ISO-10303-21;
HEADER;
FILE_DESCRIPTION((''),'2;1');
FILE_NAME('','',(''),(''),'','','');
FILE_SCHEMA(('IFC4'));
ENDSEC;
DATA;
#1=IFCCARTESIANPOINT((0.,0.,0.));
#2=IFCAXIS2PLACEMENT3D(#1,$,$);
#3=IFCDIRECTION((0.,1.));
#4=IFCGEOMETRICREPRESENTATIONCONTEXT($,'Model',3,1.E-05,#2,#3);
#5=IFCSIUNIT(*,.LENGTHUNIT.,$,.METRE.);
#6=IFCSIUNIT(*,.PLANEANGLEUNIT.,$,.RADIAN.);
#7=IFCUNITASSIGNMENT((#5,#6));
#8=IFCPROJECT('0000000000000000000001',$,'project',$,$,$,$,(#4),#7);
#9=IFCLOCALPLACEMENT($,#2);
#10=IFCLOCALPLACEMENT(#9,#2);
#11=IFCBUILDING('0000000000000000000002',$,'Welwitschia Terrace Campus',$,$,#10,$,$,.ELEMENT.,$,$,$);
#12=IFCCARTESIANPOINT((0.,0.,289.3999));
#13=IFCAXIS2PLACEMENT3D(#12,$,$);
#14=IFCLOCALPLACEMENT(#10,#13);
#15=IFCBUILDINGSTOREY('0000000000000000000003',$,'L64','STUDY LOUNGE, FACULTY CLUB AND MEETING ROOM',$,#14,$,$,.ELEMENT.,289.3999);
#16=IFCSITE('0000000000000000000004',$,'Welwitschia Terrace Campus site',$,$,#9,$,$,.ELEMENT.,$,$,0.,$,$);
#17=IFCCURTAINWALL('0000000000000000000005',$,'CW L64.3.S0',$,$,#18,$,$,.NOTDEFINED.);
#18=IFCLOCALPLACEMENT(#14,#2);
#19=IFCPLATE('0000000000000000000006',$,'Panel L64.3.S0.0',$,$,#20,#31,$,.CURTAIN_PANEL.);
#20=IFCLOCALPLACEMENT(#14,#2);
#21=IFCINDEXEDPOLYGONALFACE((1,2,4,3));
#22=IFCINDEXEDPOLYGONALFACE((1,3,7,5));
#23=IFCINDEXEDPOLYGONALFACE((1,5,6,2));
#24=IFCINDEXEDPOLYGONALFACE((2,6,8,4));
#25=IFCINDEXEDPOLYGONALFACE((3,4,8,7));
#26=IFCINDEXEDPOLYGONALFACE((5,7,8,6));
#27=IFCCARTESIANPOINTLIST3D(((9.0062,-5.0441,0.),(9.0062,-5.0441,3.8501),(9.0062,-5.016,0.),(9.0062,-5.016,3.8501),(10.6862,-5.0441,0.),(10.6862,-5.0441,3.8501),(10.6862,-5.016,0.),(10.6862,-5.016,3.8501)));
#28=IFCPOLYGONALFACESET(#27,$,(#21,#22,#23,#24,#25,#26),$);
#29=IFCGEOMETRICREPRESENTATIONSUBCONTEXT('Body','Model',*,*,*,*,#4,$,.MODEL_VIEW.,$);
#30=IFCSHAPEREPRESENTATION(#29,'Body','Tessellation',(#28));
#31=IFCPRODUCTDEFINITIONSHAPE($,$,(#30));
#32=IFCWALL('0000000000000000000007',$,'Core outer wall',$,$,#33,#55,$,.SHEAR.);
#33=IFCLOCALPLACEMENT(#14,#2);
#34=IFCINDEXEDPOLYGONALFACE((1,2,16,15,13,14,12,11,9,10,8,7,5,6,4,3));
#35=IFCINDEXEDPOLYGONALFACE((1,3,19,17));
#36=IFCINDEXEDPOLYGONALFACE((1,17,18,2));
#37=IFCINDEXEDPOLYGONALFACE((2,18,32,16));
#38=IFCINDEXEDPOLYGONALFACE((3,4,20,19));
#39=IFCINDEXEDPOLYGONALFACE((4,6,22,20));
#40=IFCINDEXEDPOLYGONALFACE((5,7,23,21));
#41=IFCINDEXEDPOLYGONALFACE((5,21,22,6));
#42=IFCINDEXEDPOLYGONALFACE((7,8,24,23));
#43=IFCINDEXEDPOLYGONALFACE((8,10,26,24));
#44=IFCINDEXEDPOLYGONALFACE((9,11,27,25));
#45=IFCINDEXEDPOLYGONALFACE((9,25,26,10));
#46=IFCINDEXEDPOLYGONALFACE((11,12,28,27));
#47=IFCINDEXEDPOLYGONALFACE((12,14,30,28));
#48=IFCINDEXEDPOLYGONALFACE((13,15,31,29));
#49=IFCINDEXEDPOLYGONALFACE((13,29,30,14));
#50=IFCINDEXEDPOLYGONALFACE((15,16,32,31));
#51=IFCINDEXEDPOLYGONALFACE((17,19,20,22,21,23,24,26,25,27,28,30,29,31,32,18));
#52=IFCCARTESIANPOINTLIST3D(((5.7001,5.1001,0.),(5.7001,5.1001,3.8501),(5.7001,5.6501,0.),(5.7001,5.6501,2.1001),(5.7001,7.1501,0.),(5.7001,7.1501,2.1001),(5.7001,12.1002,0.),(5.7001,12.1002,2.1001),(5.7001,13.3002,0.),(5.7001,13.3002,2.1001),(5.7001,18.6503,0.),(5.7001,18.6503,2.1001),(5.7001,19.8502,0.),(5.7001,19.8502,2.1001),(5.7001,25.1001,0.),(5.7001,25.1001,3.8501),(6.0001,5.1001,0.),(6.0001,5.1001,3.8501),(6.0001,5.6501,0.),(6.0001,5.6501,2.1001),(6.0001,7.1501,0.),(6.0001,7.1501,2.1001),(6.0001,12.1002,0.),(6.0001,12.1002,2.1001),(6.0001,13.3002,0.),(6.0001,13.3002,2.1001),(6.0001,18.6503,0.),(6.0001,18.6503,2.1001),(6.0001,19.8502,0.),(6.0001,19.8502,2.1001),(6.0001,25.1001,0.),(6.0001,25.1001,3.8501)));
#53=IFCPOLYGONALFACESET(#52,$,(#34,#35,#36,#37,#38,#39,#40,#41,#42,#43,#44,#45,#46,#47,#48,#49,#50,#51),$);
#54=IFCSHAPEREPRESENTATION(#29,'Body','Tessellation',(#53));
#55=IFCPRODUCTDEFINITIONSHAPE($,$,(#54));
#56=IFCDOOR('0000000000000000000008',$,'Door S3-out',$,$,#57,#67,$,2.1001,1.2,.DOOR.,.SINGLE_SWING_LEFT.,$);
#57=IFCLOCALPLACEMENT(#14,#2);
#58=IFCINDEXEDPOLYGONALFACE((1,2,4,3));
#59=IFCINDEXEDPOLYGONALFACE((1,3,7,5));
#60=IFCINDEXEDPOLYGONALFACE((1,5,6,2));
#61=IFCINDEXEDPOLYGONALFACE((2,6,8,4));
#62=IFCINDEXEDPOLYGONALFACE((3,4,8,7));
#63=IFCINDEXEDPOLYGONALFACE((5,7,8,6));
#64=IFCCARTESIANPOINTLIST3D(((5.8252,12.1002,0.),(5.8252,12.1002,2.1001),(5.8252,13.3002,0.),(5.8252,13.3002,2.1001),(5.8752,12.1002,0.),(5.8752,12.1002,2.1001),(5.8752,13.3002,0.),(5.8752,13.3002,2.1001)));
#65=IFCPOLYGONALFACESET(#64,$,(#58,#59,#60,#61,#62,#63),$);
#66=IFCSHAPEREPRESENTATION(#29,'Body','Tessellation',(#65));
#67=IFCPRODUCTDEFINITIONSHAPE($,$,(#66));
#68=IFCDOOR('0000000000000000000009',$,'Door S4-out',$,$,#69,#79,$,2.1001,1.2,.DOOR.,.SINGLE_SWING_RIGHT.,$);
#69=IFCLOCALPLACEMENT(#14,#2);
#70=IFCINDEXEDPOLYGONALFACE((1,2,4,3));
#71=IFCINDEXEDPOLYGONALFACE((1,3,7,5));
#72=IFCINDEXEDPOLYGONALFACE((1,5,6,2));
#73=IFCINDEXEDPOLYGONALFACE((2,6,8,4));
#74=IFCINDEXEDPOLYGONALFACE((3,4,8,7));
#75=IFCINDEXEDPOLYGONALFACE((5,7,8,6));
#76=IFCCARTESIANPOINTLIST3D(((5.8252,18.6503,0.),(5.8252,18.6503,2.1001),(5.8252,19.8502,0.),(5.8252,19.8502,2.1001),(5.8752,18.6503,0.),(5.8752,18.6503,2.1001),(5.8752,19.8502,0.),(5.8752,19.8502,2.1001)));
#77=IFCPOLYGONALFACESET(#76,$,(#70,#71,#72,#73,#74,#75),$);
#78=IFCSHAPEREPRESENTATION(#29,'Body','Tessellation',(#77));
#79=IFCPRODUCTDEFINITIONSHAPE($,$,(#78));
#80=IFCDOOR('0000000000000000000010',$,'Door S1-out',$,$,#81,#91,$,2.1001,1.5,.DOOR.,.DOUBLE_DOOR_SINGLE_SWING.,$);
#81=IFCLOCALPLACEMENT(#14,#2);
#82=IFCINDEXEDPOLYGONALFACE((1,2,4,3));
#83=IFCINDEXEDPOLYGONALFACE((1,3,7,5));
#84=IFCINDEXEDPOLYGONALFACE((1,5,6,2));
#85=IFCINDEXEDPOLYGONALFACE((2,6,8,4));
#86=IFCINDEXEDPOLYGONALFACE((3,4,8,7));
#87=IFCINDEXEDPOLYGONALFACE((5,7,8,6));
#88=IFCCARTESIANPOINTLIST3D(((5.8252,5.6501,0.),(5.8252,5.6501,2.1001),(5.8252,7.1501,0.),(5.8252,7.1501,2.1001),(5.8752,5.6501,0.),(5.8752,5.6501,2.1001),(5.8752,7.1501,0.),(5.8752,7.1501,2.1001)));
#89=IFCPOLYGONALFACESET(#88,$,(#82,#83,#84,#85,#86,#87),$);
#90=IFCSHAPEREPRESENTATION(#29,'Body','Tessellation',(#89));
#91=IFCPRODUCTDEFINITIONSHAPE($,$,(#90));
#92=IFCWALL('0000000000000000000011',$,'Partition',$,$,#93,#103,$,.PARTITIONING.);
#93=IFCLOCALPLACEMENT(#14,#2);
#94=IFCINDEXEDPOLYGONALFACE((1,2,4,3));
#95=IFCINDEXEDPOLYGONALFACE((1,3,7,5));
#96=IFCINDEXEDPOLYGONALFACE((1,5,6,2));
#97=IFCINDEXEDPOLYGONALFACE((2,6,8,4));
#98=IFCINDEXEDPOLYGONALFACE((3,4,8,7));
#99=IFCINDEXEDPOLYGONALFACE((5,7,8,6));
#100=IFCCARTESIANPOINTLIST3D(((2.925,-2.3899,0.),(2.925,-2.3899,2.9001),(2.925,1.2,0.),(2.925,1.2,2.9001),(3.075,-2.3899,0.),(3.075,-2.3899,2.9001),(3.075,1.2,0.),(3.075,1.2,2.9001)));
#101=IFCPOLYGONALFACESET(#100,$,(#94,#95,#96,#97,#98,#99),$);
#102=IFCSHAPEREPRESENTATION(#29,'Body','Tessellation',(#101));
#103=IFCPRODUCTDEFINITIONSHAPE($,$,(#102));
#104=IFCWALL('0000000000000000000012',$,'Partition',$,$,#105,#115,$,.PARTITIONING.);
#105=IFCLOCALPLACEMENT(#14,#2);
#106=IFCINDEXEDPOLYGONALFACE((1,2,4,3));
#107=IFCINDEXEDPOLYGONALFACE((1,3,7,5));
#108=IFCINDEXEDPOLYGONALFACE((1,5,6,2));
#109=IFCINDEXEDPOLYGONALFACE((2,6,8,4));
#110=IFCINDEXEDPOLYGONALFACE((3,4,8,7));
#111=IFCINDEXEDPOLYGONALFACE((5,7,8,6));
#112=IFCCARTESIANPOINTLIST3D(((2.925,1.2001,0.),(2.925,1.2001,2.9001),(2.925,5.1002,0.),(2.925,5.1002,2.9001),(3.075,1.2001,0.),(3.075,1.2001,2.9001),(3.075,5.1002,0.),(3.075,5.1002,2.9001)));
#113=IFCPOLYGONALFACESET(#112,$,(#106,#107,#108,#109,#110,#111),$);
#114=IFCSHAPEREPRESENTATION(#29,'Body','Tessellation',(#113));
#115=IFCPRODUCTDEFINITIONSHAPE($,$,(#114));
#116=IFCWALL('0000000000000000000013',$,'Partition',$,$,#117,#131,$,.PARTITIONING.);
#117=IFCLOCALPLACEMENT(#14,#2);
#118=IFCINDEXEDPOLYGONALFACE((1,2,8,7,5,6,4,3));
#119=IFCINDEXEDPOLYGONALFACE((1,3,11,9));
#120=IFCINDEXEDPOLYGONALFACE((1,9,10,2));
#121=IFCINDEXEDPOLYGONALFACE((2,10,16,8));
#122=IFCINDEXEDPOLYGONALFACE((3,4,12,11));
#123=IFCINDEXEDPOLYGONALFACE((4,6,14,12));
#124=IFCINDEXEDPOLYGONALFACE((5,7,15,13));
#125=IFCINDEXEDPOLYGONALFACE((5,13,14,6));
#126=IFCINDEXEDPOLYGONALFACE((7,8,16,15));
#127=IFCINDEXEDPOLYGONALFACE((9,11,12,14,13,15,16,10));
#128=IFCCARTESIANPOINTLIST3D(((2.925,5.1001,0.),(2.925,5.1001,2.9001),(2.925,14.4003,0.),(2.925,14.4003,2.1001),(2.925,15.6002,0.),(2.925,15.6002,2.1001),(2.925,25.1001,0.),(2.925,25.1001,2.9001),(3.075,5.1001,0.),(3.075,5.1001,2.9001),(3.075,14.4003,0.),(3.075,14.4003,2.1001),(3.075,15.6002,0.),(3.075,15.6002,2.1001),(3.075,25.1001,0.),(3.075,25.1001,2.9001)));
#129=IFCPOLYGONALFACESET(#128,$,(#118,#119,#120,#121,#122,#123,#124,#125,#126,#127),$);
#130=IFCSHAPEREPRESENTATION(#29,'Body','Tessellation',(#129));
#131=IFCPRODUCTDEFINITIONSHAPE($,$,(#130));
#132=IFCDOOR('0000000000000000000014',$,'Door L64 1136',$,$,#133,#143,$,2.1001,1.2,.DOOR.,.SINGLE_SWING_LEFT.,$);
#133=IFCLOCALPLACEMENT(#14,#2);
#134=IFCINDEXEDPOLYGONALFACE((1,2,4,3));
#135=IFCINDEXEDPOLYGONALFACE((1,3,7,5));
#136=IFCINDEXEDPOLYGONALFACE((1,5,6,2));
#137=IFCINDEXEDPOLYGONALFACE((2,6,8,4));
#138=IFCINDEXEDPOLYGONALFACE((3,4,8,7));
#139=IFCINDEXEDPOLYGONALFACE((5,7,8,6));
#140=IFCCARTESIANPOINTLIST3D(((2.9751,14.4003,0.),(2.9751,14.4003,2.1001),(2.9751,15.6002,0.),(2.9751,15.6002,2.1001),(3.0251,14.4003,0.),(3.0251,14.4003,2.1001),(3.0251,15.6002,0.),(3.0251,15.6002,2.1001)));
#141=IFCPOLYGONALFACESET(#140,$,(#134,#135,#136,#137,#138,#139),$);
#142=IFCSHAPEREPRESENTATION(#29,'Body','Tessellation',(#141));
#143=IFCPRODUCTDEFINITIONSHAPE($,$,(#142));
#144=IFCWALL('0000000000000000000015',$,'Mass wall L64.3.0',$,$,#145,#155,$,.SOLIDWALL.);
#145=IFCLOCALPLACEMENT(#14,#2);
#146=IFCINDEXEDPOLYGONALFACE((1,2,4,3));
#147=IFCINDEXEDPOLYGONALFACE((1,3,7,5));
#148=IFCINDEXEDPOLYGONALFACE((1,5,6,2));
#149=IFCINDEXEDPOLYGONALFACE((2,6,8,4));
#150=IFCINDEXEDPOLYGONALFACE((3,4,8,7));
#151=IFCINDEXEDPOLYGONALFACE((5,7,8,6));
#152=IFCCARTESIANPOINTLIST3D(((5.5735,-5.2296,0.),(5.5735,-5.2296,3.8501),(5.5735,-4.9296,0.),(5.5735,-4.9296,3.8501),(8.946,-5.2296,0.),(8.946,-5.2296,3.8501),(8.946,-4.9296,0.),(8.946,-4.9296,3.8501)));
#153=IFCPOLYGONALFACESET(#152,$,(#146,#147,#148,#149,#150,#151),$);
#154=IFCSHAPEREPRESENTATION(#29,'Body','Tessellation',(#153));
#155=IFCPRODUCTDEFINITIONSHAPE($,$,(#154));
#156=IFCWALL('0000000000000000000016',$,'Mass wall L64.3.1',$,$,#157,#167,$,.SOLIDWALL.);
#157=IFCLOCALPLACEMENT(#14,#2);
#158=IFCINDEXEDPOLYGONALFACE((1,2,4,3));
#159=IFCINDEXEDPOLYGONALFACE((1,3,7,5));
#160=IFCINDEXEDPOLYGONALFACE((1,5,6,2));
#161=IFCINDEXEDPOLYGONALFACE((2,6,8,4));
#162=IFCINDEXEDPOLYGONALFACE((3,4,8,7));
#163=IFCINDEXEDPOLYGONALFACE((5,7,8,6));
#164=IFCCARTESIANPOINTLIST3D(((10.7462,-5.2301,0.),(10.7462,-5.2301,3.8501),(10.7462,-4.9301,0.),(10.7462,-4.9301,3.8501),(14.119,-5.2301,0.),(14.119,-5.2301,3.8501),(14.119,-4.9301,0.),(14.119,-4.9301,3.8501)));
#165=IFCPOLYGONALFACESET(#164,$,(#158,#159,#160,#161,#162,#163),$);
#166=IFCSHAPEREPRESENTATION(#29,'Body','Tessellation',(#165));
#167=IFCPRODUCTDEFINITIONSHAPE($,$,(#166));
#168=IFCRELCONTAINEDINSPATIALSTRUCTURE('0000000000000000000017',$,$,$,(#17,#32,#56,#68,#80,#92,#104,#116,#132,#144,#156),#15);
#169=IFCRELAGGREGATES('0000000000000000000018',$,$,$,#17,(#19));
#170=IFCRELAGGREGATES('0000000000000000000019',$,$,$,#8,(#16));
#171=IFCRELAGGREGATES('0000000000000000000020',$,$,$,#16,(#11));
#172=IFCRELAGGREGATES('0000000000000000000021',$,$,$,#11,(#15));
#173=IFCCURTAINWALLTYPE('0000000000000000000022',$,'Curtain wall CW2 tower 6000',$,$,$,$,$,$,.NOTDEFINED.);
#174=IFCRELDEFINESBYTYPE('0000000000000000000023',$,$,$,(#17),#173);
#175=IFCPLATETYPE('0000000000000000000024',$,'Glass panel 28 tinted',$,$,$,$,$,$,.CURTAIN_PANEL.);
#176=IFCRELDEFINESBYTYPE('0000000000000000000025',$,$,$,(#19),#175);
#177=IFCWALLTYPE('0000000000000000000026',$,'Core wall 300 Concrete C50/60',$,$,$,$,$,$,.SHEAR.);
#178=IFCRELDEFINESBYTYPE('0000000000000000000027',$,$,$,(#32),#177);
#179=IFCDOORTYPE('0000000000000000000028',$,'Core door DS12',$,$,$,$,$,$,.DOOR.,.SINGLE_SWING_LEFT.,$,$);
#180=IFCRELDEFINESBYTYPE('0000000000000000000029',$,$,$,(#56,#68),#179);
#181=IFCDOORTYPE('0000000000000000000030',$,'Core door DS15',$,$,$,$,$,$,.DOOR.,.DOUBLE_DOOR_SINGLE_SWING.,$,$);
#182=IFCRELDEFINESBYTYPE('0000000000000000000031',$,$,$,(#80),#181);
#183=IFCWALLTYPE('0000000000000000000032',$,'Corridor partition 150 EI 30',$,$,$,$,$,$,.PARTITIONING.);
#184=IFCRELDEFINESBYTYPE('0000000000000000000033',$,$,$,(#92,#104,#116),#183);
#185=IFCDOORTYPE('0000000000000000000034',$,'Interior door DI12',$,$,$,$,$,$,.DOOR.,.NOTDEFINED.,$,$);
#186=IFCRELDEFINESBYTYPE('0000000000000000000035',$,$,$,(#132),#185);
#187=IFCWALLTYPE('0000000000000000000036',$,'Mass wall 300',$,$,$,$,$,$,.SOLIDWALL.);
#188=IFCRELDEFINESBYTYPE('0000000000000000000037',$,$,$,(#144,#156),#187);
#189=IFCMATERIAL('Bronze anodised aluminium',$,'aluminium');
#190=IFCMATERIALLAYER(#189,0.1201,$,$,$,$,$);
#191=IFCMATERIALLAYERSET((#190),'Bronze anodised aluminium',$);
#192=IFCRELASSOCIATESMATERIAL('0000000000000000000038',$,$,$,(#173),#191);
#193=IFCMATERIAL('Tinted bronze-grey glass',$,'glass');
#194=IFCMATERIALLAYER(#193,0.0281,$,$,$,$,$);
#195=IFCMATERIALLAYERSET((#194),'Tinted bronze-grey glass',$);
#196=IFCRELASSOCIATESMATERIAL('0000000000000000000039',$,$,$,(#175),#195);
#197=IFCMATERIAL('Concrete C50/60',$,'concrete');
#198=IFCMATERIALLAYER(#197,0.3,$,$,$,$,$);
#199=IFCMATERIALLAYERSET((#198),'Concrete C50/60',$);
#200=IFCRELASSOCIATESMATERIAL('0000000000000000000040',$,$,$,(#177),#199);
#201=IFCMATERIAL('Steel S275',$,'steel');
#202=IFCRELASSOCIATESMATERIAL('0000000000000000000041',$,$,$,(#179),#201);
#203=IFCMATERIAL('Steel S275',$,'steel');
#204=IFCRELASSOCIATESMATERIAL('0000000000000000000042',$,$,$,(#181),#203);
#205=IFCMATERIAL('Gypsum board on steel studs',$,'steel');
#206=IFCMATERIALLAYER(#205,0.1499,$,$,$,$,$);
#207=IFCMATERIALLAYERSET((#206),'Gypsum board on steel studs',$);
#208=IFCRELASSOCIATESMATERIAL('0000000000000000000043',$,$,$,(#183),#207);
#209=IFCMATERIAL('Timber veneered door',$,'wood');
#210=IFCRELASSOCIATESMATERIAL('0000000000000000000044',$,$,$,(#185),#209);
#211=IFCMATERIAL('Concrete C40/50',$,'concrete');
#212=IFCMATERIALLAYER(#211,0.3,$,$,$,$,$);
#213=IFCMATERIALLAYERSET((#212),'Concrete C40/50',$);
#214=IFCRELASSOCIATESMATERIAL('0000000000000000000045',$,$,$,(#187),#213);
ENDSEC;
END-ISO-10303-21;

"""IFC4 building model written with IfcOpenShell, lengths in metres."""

from ifc_helpers import new_model, si_unit, direction, frame, frame_2d, origin, origin_2d, place, context, subcontext, project, spatial, rectangle, extrude, material, layer, layer_set, type_object, element, fill, aggregate, save


model = new_model("IFC4")

# Units and contexts
model_context = context("Model", 3, precision=1e-05, world=origin(), true_north=direction((0.0, 1.0)))
body_context = subcontext(model_context, "Body", "Model", "MODEL_VIEW")
ifc_project = project(units=[si_unit("LENGTHUNIT", "METRE"), si_unit("PLANEANGLEUNIT", "RADIAN")], contexts=[model_context])

# Site, building, storey
site_placement = place(None, origin())
site = spatial("IfcSite", under=ifc_project, at=site_placement, Name="Welwitschia Terrace Campus site", CompositionType="ELEMENT", RefElevation=0.0)
building_placement = place(site_placement, origin())
building = spatial("IfcBuilding", under=site, at=building_placement, Name="Welwitschia Terrace Campus", CompositionType="ELEMENT")
storey_placement = place(building_placement, frame((0.0, 0.0, 289.3999)))
storey = spatial("IfcBuildingStorey", under=building, at=storey_placement, Name="L64", Description="STUDY LOUNGE, FACULTY CLUB AND MEETING ROOM", CompositionType="ELEMENT", Elevation=289.3999)

# Curtain wall
ifc_material_1 = material(Name="Bronze anodised aluminium", Category="aluminium")
ifc_layer_1 = layer(ifc_material_1, 0.1201)
ifc_layer_set_1 = layer_set([ifc_layer_1], Name="Bronze anodised aluminium")
curtain_wall_type = type_object("IfcCurtainWallType", Name="Curtain wall CW2 tower 6000", PredefinedType="NOTDEFINED", material=ifc_layer_set_1)
curtain_wall_1_placement = place(storey_placement, origin())
curtain_wall_1 = element("IfcCurtainWall", 1, at=curtain_wall_1_placement, inside=storey, type_object=curtain_wall_type, Name="CW L64.3.S0", PredefinedType="NOTDEFINED")

# Plate
ifc_material_2 = material(Name="Tinted bronze-grey glass", Category="glass")
ifc_layer_2 = layer(ifc_material_2, 0.0281)
ifc_layer_set_2 = layer_set([ifc_layer_2], Name="Tinted bronze-grey glass")
plate_type = type_object("IfcPlateType", Name="Glass panel 28 tinted", PredefinedType="CURTAIN_PANEL", material=ifc_layer_set_2)
plate_1_placement = place(storey_placement, frame((9.8462, -5.03, 0.0), z_axis=(0.0, 0.0, 1.0), x_axis=(1.0, 0.0, 0.0)))
plate_1 = element("IfcPlate", 2, at=plate_1_placement, type_object=plate_type, Name="Panel L64.3.S0.0", PredefinedType="CURTAIN_PANEL", context=body_context, shape_type="SweptSolid", body=[
    extrude(rectangle(XDim=1.6799, YDim=0.0281, at=origin_2d()), origin(), (0.0, 0.0, 1.0), 3.8501),
])
aggregate(curtain_wall_1, [plate_1])

# Wall, openings, doors
ifc_material_3 = material(Name="Concrete C50/60", Category="concrete")
ifc_layer_3 = layer(ifc_material_3, 0.3)
ifc_layer_set_3 = layer_set([ifc_layer_3], Name="Concrete C50/60")
wall_type_1 = type_object("IfcWallType", Name="Core wall 300 Concrete C50/60", PredefinedType="SHEAR", material=ifc_layer_set_3)
wall_1_placement = place(storey_placement, frame((5.8501, 5.1001, 0.0), z_axis=(0.0, 0.0, 1.0), x_axis=(0.0, 1.0, 0.0)))
wall_1 = element("IfcWall", 3, at=wall_1_placement, inside=storey, type_object=wall_type_1, Name="Core outer wall", PredefinedType="SHEAR", context=body_context, shape_type="SweptSolid", body=[
    extrude(rectangle(XDim=20.0, YDim=0.3, at=frame_2d((10.0, 0.0))), origin(), (0.0, 0.0, 1.0), 3.8501),
])
opening_1_placement = place(wall_1_placement, frame((0.55, 0.0, 0.0)))
opening_1 = element("IfcOpeningElement", 4, at=opening_1_placement, cuts=wall_1, PredefinedType="OPENING", context=body_context, shape_type="SweptSolid", body=[
    extrude(rectangle(XDim=1.5, YDim=2.1001, at=frame_2d((0.75, 1.05))), frame((0.0, 0.1599, 0.0), z_axis=(0.0, -1.0, 0.0), x_axis=(1.0, 0.0, 0.0)), (0.0, 0.0, 1.0), 0.3201),
])
opening_2_placement = place(wall_1_placement, frame((7.0, 0.0, 0.0)))
opening_2 = element("IfcOpeningElement", 5, at=opening_2_placement, cuts=wall_1, PredefinedType="OPENING", context=body_context, shape_type="SweptSolid", body=[
    extrude(rectangle(XDim=1.2, YDim=2.1001, at=frame_2d((0.6001, 1.05))), frame((0.0, 0.1599, 0.0), z_axis=(0.0, -1.0, 0.0), x_axis=(1.0, 0.0, 0.0)), (0.0, 0.0, 1.0), 0.3201),
])
opening_3_placement = place(wall_1_placement, frame((13.55, 0.0, 0.0)))
opening_3 = element("IfcOpeningElement", 6, at=opening_3_placement, cuts=wall_1, PredefinedType="OPENING", context=body_context, shape_type="SweptSolid", body=[
    extrude(rectangle(XDim=1.2, YDim=2.1001, at=frame_2d((0.6001, 1.05))), frame((0.0, 0.1599, 0.0), z_axis=(0.0, -1.0, 0.0), x_axis=(1.0, 0.0, 0.0)), (0.0, 0.0, 1.0), 0.3201),
])
ifc_material_4 = material(Name="Steel S275", Category="steel")
door_type_1 = type_object("IfcDoorType", Name="Core door DS12", OperationType="SINGLE_SWING_LEFT", PredefinedType="DOOR", material=ifc_material_4)
door_1_placement = place(opening_2_placement, origin())
door_1 = element("IfcDoor", 7, at=door_1_placement, inside=storey, type_object=door_type_1, Name="Door S3-out", OperationType="SINGLE_SWING_LEFT", OverallHeight=2.1001, OverallWidth=1.2, PredefinedType="DOOR", context=body_context, shape_type="SweptSolid", body=[
    extrude(rectangle(XDim=1.2, YDim=2.1001, at=frame_2d((0.6001, 1.05))), frame((0.0, 0.0249, 0.0), z_axis=(0.0, -1.0, 0.0), x_axis=(1.0, 0.0, 0.0)), (0.0, 0.0, 1.0), 0.05),
])
fill(opening_2, door_1)
door_2_placement = place(opening_3_placement, origin())
door_2 = element("IfcDoor", 8, at=door_2_placement, inside=storey, type_object=door_type_1, Name="Door S4-out", OperationType="SINGLE_SWING_RIGHT", OverallHeight=2.1001, OverallWidth=1.2, PredefinedType="DOOR", context=body_context, shape_type="SweptSolid", body=[
    extrude(rectangle(XDim=1.2, YDim=2.1001, at=frame_2d((0.6001, 1.05))), frame((0.0, 0.0249, 0.0), z_axis=(0.0, -1.0, 0.0), x_axis=(1.0, 0.0, 0.0)), (0.0, 0.0, 1.0), 0.05),
])
fill(opening_3, door_2)
ifc_material_5 = material(Name="Steel S275", Category="steel")
door_type_2 = type_object("IfcDoorType", Name="Core door DS15", OperationType="DOUBLE_DOOR_SINGLE_SWING", PredefinedType="DOOR", material=ifc_material_5)
door_3_placement = place(opening_1_placement, origin())
door_3 = element("IfcDoor", 9, at=door_3_placement, inside=storey, type_object=door_type_2, Name="Door S1-out", OperationType="DOUBLE_DOOR_SINGLE_SWING", OverallHeight=2.1001, OverallWidth=1.5, PredefinedType="DOOR", context=body_context, shape_type="SweptSolid", body=[
    extrude(rectangle(XDim=1.5, YDim=2.1001, at=frame_2d((0.75, 1.05))), frame((0.0, 0.0249, 0.0), z_axis=(0.0, -1.0, 0.0), x_axis=(1.0, 0.0, 0.0)), (0.0, 0.0, 1.0), 0.05),
])
fill(opening_1, door_3)

# Walls
ifc_material_6 = material(Name="Gypsum board on steel studs", Category="steel")
ifc_layer_4 = layer(ifc_material_6, 0.1499)
ifc_layer_set_4 = layer_set([ifc_layer_4], Name="Gypsum board on steel studs")
wall_type_2 = type_object("IfcWallType", Name="Corridor partition 150 EI 30", PredefinedType="PARTITIONING", material=ifc_layer_set_4)
wall_2_placement = place(storey_placement, frame((3.0, -2.3899, 0.0), z_axis=(0.0, 0.0, 1.0), x_axis=(0.0, 1.0, 0.0)))
element("IfcWall", 10, at=wall_2_placement, inside=storey, type_object=wall_type_2, Name="Partition", PredefinedType="PARTITIONING", context=body_context, shape_type="SweptSolid", body=[
    extrude(rectangle(XDim=3.5898, YDim=0.1499, at=frame_2d((1.7949, 0.0))), origin(), (0.0, 0.0, 1.0), 2.9001),
])
wall_3_placement = place(storey_placement, frame((3.0, 1.2, 0.0), z_axis=(0.0, 0.0, 1.0), x_axis=(0.0, 1.0, 0.0)))
element("IfcWall", 11, at=wall_3_placement, inside=storey, type_object=wall_type_2, Name="Partition", PredefinedType="PARTITIONING", context=body_context, shape_type="SweptSolid", body=[
    extrude(rectangle(XDim=3.9001, YDim=0.1499, at=frame_2d((1.9502, 0.0))), origin(), (0.0, 0.0, 1.0), 2.9001),
])

# Wall, opening, door
wall_4_placement = place(storey_placement, frame((3.0, 5.1001, 0.0), z_axis=(0.0, 0.0, 1.0), x_axis=(0.0, 1.0, 0.0)))
wall_4 = element("IfcWall", 12, at=wall_4_placement, inside=storey, type_object=wall_type_2, Name="Partition", PredefinedType="PARTITIONING", context=body_context, shape_type="SweptSolid", body=[
    extrude(rectangle(XDim=20.0, YDim=0.1499, at=frame_2d((10.0, 0.0))), origin(), (0.0, 0.0, 1.0), 2.9001),
])
opening_4_placement = place(wall_4_placement, frame((9.3, 0.0, 0.0)))
opening_4 = element("IfcOpeningElement", 13, at=opening_4_placement, cuts=wall_4, PredefinedType="OPENING", context=body_context, shape_type="SweptSolid", body=[
    extrude(rectangle(XDim=1.2, YDim=2.1001, at=frame_2d((0.6001, 1.05))), frame((0.0, 0.085, 0.0), z_axis=(0.0, -1.0, 0.0), x_axis=(1.0, 0.0, 0.0)), (0.0, 0.0, 1.0), 0.1699),
])
ifc_material_7 = material(Name="Timber veneered door", Category="wood")
door_type_3 = type_object("IfcDoorType", Name="Interior door DI12", OperationType="NOTDEFINED", PredefinedType="DOOR", material=ifc_material_7)
door_4_placement = place(opening_4_placement, origin())
door_4 = element("IfcDoor", 14, at=door_4_placement, inside=storey, type_object=door_type_3, Name="Door L64 1136", OperationType="SINGLE_SWING_LEFT", OverallHeight=2.1001, OverallWidth=1.2, PredefinedType="DOOR", context=body_context, shape_type="SweptSolid", body=[
    extrude(rectangle(XDim=1.2, YDim=2.1001, at=frame_2d((0.6001, 1.05))), frame((0.0, 0.0249, 0.0), z_axis=(0.0, -1.0, 0.0), x_axis=(1.0, 0.0, 0.0)), (0.0, 0.0, 1.0), 0.05),
])
fill(opening_4, door_4)

# Walls
ifc_material_8 = material(Name="Concrete C40/50", Category="concrete")
ifc_layer_5 = layer(ifc_material_8, 0.3)
ifc_layer_set_5 = layer_set([ifc_layer_5], Name="Concrete C40/50")
wall_type_3 = type_object("IfcWallType", Name="Mass wall 300", PredefinedType="SOLIDWALL", material=ifc_layer_set_5)
wall_5_placement = place(storey_placement, frame((5.5735, -5.0796, 0.0), z_axis=(0.0, 0.0, 1.0), x_axis=(1.0, 0.0, 0.0)))
element("IfcWall", 15, at=wall_5_placement, inside=storey, type_object=wall_type_3, Name="Mass wall L64.3.0", PredefinedType="SOLIDWALL", context=body_context, shape_type="SweptSolid", body=[
    extrude(rectangle(XDim=3.3726, YDim=0.3, at=frame_2d((1.6863, 0.0))), origin(), (0.0, 0.0, 1.0), 3.8501),
])
wall_6_placement = place(storey_placement, frame((10.7461, -5.0801, 0.0), z_axis=(0.0, 0.0, 1.0), x_axis=(1.0, 0.0, 0.0)))
element("IfcWall", 16, at=wall_6_placement, inside=storey, type_object=wall_type_3, Name="Mass wall L64.3.1", PredefinedType="SOLIDWALL", context=body_context, shape_type="SweptSolid", body=[
    extrude(rectangle(XDim=3.3728, YDim=0.3, at=frame_2d((1.6865, 0.0))), origin(), (0.0, 0.0, 1.0), 3.8501),
])

save(model, "model.ifc")
